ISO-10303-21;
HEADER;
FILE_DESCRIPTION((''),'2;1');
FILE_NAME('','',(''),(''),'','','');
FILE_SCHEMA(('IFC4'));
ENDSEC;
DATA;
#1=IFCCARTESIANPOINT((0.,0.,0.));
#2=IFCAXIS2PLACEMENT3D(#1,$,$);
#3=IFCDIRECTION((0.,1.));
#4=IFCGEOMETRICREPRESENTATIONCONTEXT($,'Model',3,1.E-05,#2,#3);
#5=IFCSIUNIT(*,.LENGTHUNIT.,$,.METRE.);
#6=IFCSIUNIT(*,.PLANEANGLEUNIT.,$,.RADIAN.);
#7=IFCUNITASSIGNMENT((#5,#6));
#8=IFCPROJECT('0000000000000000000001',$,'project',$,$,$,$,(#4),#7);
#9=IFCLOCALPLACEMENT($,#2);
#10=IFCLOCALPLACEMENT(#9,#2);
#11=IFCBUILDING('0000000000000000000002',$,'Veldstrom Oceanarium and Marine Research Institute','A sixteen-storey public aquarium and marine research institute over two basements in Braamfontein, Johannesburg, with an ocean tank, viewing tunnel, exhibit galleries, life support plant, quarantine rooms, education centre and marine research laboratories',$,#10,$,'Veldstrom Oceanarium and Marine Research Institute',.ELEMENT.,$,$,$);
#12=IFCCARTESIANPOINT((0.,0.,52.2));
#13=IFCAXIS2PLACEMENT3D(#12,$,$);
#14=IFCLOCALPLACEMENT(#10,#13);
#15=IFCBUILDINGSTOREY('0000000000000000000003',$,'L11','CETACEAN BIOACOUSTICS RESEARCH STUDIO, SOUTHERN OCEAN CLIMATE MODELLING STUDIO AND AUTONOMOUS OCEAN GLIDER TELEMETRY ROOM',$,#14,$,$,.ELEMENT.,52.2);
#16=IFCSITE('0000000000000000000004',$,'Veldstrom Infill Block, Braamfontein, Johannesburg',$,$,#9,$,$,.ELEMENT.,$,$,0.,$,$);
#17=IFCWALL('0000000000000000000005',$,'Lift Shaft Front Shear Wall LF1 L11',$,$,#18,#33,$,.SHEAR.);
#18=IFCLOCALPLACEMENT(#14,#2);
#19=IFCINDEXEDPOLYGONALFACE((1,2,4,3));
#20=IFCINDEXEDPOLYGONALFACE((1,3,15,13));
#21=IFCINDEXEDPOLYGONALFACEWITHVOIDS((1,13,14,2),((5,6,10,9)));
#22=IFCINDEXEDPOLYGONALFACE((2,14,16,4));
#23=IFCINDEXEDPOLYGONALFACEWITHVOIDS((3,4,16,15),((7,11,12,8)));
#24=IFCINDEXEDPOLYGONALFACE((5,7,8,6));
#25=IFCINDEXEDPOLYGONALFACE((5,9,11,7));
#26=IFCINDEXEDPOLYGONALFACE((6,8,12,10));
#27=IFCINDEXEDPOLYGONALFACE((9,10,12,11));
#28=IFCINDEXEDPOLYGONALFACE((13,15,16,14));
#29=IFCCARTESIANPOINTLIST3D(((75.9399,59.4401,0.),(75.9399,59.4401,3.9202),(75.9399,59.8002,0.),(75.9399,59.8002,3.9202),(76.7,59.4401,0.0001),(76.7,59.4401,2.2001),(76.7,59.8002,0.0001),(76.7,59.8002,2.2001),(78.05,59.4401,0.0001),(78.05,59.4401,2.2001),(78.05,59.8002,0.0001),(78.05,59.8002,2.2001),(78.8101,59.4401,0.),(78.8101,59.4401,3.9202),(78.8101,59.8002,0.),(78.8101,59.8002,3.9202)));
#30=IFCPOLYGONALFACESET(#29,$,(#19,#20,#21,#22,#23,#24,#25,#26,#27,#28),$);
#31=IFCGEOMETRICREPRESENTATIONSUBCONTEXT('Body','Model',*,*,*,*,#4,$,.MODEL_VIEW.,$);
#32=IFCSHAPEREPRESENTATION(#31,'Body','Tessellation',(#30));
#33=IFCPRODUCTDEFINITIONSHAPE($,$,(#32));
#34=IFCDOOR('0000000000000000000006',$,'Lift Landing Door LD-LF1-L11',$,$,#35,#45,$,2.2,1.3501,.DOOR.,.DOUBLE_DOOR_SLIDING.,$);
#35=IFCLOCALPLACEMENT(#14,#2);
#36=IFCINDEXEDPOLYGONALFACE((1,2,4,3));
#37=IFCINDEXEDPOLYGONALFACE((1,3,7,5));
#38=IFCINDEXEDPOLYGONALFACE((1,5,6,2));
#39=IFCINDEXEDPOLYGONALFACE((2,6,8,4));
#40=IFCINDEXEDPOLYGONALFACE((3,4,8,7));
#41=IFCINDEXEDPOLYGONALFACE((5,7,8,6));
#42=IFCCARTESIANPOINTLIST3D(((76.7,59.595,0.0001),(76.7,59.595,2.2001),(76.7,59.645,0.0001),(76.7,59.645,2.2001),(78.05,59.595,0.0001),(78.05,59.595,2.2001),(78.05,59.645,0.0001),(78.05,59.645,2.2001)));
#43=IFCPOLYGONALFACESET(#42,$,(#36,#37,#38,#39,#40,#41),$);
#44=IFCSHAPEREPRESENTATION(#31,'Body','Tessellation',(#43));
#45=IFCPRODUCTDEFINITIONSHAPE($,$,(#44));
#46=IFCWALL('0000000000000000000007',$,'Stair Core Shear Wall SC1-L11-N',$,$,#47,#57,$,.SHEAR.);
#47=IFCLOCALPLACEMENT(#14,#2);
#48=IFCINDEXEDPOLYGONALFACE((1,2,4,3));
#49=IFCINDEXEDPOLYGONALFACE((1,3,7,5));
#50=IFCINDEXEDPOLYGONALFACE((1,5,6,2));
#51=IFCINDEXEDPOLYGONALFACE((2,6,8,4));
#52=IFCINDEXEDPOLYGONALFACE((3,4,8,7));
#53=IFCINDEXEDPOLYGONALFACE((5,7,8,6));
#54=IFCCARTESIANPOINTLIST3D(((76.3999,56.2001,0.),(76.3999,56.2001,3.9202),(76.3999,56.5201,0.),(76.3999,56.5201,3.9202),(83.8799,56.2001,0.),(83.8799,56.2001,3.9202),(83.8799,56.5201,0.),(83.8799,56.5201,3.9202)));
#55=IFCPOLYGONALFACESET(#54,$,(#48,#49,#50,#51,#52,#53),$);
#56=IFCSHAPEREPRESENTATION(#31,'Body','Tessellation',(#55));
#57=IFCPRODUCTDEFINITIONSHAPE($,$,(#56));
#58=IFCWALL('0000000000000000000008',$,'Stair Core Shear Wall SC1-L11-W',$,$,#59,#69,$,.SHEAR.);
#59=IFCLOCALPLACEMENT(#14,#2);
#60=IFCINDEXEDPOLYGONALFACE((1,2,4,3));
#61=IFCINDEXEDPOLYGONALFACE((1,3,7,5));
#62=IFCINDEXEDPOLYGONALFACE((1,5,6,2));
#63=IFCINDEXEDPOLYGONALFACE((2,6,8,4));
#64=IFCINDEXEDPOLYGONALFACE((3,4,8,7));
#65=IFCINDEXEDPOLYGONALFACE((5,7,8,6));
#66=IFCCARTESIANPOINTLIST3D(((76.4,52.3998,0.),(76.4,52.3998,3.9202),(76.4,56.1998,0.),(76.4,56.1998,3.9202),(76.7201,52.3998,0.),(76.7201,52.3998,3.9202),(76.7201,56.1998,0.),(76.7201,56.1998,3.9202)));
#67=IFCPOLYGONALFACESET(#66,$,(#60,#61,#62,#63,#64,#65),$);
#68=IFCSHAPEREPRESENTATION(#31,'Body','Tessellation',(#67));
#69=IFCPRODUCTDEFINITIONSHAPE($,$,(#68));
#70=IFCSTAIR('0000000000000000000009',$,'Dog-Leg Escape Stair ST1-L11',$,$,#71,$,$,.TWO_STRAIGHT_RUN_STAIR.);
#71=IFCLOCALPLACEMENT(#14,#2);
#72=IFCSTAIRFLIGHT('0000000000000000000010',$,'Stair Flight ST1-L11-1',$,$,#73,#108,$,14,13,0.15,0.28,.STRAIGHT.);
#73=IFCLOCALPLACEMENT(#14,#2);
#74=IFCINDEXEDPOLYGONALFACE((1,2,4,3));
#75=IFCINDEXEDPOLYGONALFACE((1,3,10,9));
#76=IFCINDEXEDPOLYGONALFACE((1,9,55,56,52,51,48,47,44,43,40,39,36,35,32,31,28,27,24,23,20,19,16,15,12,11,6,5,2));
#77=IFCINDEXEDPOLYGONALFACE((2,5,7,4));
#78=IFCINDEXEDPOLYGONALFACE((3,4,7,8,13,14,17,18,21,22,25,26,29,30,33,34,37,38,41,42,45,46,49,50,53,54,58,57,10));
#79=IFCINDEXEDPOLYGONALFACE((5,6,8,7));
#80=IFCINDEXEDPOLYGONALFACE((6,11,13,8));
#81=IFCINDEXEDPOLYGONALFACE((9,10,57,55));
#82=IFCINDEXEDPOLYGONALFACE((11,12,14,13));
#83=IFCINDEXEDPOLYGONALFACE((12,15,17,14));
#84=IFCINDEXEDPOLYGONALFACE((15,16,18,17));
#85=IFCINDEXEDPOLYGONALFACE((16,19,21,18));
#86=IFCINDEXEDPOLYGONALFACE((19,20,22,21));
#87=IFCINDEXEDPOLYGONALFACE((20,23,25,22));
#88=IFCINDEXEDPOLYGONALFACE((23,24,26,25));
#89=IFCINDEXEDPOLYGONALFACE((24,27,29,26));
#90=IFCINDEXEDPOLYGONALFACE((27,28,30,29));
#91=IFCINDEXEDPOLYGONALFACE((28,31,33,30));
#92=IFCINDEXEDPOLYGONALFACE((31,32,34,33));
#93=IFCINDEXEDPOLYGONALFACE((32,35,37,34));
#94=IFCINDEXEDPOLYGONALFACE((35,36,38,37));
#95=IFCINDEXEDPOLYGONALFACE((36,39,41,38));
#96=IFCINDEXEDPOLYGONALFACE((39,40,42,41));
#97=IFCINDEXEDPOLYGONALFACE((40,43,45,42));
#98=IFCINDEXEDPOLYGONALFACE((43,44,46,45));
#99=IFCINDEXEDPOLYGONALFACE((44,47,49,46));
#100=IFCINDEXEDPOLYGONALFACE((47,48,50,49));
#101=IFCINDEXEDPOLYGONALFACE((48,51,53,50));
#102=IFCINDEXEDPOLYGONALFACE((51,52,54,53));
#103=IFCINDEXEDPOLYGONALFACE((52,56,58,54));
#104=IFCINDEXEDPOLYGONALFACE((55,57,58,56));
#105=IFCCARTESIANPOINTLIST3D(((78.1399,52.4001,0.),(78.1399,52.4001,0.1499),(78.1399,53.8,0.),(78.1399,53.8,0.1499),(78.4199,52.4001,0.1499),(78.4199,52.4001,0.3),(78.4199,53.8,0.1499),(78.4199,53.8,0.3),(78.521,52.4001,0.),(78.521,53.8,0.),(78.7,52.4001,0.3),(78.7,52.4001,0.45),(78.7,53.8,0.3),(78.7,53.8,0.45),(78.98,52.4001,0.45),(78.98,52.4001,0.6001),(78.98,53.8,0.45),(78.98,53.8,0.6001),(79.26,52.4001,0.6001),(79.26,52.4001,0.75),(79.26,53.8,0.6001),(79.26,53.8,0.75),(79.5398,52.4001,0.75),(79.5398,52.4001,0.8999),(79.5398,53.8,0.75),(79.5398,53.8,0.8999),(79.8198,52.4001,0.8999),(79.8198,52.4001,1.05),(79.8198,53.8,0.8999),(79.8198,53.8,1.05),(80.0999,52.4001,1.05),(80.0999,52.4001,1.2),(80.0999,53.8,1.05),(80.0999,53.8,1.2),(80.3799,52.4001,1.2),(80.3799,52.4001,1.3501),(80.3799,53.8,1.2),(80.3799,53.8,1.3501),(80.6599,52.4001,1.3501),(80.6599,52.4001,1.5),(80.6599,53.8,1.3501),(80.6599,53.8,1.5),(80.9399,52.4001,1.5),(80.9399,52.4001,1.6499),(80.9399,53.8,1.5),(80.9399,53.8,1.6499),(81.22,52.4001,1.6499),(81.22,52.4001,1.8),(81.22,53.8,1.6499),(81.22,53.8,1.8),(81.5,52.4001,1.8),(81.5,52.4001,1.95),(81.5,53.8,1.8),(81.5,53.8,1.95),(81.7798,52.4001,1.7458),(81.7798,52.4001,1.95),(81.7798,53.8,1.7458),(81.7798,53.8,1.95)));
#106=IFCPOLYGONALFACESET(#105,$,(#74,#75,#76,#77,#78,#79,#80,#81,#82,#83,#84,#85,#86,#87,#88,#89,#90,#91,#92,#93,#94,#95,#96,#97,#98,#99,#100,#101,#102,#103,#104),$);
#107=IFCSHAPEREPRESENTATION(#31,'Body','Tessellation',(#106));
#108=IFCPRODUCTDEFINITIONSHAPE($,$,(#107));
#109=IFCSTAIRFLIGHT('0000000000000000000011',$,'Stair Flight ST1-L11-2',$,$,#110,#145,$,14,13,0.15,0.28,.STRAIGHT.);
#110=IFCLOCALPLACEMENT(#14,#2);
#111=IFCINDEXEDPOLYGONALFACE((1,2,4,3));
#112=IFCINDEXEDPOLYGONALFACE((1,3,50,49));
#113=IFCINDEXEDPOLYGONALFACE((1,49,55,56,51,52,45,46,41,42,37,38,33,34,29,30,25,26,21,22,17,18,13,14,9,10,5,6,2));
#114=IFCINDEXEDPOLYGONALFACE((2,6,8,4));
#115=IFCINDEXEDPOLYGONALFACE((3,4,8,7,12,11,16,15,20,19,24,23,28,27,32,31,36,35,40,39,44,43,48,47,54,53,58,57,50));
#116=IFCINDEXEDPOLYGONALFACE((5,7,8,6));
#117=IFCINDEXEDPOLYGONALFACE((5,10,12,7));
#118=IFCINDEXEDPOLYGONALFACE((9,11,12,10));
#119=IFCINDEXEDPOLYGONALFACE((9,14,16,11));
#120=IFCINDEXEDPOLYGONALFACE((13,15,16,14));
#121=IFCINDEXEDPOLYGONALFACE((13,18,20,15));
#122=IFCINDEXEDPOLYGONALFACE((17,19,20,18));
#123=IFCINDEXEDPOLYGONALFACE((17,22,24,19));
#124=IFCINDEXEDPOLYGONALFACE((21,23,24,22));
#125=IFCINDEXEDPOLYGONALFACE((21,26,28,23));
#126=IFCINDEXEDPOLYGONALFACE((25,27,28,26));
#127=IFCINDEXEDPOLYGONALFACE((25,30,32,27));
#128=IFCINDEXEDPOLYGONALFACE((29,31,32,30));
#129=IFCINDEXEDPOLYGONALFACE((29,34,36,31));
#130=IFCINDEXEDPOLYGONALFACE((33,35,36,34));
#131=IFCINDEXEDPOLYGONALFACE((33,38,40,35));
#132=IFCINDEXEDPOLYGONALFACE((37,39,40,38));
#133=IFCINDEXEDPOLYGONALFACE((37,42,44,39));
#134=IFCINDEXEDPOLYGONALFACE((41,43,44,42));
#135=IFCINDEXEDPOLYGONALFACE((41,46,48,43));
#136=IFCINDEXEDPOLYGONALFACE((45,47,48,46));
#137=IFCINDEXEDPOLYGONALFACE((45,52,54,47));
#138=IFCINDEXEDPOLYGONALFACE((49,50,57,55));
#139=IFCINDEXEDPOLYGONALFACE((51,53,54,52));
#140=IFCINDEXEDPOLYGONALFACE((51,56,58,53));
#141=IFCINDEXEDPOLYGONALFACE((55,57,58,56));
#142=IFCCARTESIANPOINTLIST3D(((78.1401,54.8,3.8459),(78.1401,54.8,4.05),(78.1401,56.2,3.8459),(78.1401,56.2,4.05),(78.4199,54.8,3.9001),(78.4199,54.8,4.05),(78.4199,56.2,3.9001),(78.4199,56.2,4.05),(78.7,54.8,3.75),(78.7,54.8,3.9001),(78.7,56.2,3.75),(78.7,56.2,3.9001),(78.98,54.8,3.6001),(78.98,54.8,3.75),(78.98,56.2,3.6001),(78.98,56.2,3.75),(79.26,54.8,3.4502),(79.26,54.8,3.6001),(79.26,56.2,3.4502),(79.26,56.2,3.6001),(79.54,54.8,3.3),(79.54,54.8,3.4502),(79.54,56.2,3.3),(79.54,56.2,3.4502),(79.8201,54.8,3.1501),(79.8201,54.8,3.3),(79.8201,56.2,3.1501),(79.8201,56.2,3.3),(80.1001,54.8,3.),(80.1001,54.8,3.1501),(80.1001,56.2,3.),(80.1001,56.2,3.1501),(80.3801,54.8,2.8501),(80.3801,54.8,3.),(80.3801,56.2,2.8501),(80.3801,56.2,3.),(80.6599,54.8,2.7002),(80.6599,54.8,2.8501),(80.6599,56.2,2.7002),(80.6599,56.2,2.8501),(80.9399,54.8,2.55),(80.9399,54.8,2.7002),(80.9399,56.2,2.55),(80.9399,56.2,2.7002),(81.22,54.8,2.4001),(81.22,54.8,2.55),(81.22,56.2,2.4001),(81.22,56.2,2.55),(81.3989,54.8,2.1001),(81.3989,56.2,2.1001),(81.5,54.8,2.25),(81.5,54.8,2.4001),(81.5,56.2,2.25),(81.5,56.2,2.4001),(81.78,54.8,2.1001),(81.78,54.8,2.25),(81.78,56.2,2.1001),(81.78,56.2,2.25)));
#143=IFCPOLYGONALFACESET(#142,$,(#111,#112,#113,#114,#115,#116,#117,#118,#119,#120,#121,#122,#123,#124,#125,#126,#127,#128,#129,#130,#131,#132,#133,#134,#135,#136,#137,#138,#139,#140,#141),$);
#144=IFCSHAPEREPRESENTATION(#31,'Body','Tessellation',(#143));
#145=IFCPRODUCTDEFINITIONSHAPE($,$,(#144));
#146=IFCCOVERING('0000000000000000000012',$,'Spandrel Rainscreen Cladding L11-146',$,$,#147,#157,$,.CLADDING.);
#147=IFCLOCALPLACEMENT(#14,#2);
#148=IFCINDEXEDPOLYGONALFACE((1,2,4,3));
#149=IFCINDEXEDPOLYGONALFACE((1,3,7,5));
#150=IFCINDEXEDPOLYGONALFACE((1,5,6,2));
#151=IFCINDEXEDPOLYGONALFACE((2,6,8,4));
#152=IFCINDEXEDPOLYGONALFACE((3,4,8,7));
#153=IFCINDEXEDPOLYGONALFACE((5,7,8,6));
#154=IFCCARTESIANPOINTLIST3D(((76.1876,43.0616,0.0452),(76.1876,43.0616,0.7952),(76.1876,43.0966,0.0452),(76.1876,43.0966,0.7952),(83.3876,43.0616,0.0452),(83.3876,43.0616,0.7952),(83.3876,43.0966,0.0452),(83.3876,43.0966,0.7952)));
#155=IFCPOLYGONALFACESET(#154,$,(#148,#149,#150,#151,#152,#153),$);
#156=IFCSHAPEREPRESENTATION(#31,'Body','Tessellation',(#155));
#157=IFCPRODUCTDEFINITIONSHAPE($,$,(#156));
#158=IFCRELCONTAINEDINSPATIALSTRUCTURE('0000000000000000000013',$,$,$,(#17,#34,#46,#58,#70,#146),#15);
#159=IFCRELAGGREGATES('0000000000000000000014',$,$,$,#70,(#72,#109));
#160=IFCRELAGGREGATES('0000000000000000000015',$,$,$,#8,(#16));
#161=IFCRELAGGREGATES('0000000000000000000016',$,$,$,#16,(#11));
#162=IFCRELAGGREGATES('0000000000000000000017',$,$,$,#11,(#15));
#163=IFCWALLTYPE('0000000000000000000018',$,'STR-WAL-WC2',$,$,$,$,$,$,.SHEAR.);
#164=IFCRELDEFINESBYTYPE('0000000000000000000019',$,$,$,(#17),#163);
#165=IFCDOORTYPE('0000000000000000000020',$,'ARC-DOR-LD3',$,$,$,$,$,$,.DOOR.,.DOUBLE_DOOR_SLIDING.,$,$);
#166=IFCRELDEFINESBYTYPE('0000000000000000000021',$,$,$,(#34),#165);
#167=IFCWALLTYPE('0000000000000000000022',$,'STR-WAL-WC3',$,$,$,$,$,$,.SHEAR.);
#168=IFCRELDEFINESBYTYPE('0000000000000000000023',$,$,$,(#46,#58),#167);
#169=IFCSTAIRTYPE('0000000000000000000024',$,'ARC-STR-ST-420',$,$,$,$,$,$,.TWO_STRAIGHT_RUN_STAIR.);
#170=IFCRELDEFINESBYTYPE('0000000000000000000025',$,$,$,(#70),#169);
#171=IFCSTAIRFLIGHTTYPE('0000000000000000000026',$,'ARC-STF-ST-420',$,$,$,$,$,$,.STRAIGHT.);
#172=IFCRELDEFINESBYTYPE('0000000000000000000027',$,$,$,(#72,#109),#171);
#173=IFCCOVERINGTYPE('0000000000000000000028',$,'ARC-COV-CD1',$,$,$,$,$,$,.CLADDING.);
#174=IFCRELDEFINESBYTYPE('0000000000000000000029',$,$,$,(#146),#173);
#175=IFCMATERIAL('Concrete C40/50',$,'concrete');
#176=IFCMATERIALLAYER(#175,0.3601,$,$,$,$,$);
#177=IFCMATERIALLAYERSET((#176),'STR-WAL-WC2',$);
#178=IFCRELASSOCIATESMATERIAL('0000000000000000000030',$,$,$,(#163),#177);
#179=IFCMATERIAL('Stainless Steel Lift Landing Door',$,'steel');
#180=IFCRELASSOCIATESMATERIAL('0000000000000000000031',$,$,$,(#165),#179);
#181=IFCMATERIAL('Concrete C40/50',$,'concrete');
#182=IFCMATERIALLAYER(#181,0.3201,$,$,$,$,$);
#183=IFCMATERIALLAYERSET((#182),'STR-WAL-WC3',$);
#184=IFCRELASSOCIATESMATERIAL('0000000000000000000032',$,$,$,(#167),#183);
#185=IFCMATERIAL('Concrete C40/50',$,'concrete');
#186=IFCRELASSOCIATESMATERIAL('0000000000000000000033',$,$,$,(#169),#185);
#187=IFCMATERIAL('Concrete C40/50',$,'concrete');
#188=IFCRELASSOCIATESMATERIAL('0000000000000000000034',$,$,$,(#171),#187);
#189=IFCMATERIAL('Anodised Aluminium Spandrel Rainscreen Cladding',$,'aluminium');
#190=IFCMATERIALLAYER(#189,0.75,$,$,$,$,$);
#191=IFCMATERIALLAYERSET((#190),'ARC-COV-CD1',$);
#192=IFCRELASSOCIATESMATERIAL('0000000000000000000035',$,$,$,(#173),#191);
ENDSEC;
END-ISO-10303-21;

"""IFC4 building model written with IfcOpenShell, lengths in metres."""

from ifc_helpers import new_model, si_unit, direction, frame, frame_2d, origin, origin_2d, place, context, subcontext, project, spatial, polyline, rectangle, outline, extrude, material, layer, layer_set, type_object, element, fill, aggregate, save


model = new_model("IFC4")

# Units and contexts
model_context = context("Model", 3, precision=1e-05, world=origin(), true_north=direction((0.0, 1.0)))
body_context = subcontext(model_context, "Body", "Model", "MODEL_VIEW")
ifc_project = project(units=[si_unit("LENGTHUNIT", "METRE"), si_unit("PLANEANGLEUNIT", "RADIAN")], contexts=[model_context])

# Site, building, storey
site_placement = place(None, origin())
site = spatial("IfcSite", under=ifc_project, at=site_placement, Name="Veldstrom Infill Block, Braamfontein, Johannesburg", CompositionType="ELEMENT", RefElevation=0.0)
building_placement = place(site_placement, origin())
building = spatial("IfcBuilding", under=site, at=building_placement, Name="Veldstrom Oceanarium and Marine Research Institute", Description="A sixteen-storey public aquarium and marine research institute over two basements in Braamfontein, Johannesburg, with an ocean tank, viewing tunnel, exhibit galleries, life support plant, quarantine rooms, education centre and marine research laboratories", LongName="Veldstrom Oceanarium and Marine Research Institute", CompositionType="ELEMENT")
storey_placement = place(building_placement, frame((0.0, 0.0, 52.2)))
storey = spatial("IfcBuildingStorey", under=building, at=storey_placement, Name="L11", Description="CETACEAN BIOACOUSTICS RESEARCH STUDIO, SOUTHERN OCEAN CLIMATE MODELLING STUDIO AND AUTONOMOUS OCEAN GLIDER TELEMETRY ROOM", CompositionType="ELEMENT", Elevation=52.2)

# Wall, opening, door
ifc_material_1 = material(Name="Concrete C40/50", Category="concrete")
ifc_layer_1 = layer(ifc_material_1, 0.3601)
ifc_layer_set_1 = layer_set([ifc_layer_1], Name="STR-WAL-WC2")
wall_type_1 = type_object("IfcWallType", Name="STR-WAL-WC2", PredefinedType="SHEAR", material=ifc_layer_set_1)
wall_1_placement = place(storey_placement, frame((75.9399, 59.6201, 0.0), z_axis=(0.0, 0.0, 1.0), x_axis=(1.0, 0.0, 0.0)))
wall_1 = element("IfcWall", 1, at=wall_1_placement, inside=storey, type_object=wall_type_1, Name="Lift Shaft Front Shear Wall LF1 L11", PredefinedType="SHEAR", context=body_context, shape_type="SweptSolid", body=[
    extrude(rectangle(XDim=2.8701, YDim=0.3601, at=frame_2d((1.4351, 0.0))), origin(), (0.0, 0.0, 1.0), 3.9202),
])
opening_1_placement = place(wall_1_placement, frame((0.76, 0.0, 0.0)))
opening_1 = element("IfcOpeningElement", 2, at=opening_1_placement, cuts=wall_1, PredefinedType="OPENING", context=body_context, shape_type="SweptSolid", body=[
    extrude(rectangle(XDim=1.3501, YDim=2.2, at=frame_2d((0.675, 1.1001))), frame((0.0, 0.1899, 0.0), z_axis=(0.0, -1.0, 0.0), x_axis=(1.0, 0.0, 0.0)), (0.0, 0.0, 1.0), 0.3801),
])
ifc_material_2 = material(Name="Stainless Steel Lift Landing Door", Category="steel")
door_type_1 = type_object("IfcDoorType", Name="ARC-DOR-LD3", OperationType="DOUBLE_DOOR_SLIDING", PredefinedType="DOOR", material=ifc_material_2)
door_1_placement = place(opening_1_placement, origin())
door_1 = element("IfcDoor", 3, at=door_1_placement, inside=storey, type_object=door_type_1, Name="Lift Landing Door LD-LF1-L11", OperationType="DOUBLE_DOOR_SLIDING", OverallHeight=2.2, OverallWidth=1.3501, PredefinedType="DOOR", context=body_context, shape_type="SweptSolid", body=[
    extrude(rectangle(XDim=1.3501, YDim=2.2, at=frame_2d((0.675, 1.1001))), frame((0.0, 0.0249, 0.0), z_axis=(0.0, -1.0, 0.0), x_axis=(1.0, 0.0, 0.0)), (0.0, 0.0, 1.0), 0.05),
])
fill(opening_1, door_1)
ifc_material_3 = material(Name="Concrete C40/50", Category="concrete")
ifc_layer_2 = layer(ifc_material_3, 0.3201)
ifc_layer_set_2 = layer_set([ifc_layer_2], Name="STR-WAL-WC3")
wall_type_2 = type_object("IfcWallType", Name="STR-WAL-WC3", PredefinedType="SHEAR", material=ifc_layer_set_2)

# Walls
wall_2_placement = place(storey_placement, frame((76.3999, 56.3601, 0.0), z_axis=(0.0, 0.0, 1.0), x_axis=(1.0, 0.0, 0.0)))
element("IfcWall", 4, at=wall_2_placement, inside=storey, type_object=wall_type_2, Name="Stair Core Shear Wall SC1-L11-N", PredefinedType="SHEAR", context=body_context, shape_type="SweptSolid", body=[
    extrude(rectangle(XDim=7.48, YDim=0.3201, at=frame_2d((3.74, 0.0))), origin(), (0.0, 0.0, 1.0), 3.9202),
])
wall_3_placement = place(storey_placement, frame((76.5601, 52.3999, 0.0), z_axis=(0.0, 0.0, 1.0), x_axis=(0.0, 1.0, 0.0)))
element("IfcWall", 5, at=wall_3_placement, inside=storey, type_object=wall_type_2, Name="Stair Core Shear Wall SC1-L11-W", PredefinedType="SHEAR", context=body_context, shape_type="SweptSolid", body=[
    extrude(rectangle(XDim=3.8, YDim=0.3201, at=frame_2d((1.8999, 0.0))), origin(), (0.0, 0.0, 1.0), 3.9202),
])

# Stair, stair flights
ifc_material_4 = material(Name="Concrete C40/50", Category="concrete")
stair_type = type_object("IfcStairType", Name="ARC-STR-ST-420", PredefinedType="TWO_STRAIGHT_RUN_STAIR", material=ifc_material_4)
stair_placement = place(storey_placement, origin())
stair = element("IfcStair", 6, at=stair_placement, inside=storey, type_object=stair_type, Name="Dog-Leg Escape Stair ST1-L11", PredefinedType="TWO_STRAIGHT_RUN_STAIR")
ifc_material_5 = material(Name="Concrete C40/50", Category="concrete")
stair_flight_type = type_object("IfcStairFlightType", Name="ARC-STF-ST-420", PredefinedType="STRAIGHT", material=ifc_material_5)
stair_flight_1_placement = place(storey_placement, frame((78.1399, 53.1001, 0.0), z_axis=(0.0, 0.0, 1.0), x_axis=(1.0, 0.0, 0.0)))
stair_flight_1 = element("IfcStairFlight", 7, at=stair_flight_1_placement, type_object=stair_flight_type, Name="Stair Flight ST1-L11-1", NumberOfRisers=14, NumberOfTreads=13, PredefinedType="STRAIGHT", RiserHeight=0.15, TreadLength=0.28, context=body_context, shape_type="SweptSolid", body=[
    extrude(outline(polyline([(0.0, 0.0), (0.0, 0.1499), (0.28, 0.1499), (0.28, 0.3), (0.5601, 0.3), (0.5601, 0.45), (0.8401, 0.45), (0.8401, 0.6001), (1.1201, 0.6001), (1.1201, 0.75), (1.3999, 0.75), (1.3999, 0.8999), (1.6799, 0.8999), (1.6799, 1.05), (1.96, 1.05), (1.96, 1.2), (2.24, 1.2), (2.24, 1.3501), (2.52, 1.3501), (2.52, 1.5), (2.8, 1.5), (2.8, 1.6499), (3.0801, 1.6499), (3.0801, 1.8), (3.3601, 1.8), (3.3601, 1.95), (3.6399, 1.95), (3.6399, 2.1001), (3.6399, 1.7458), (0.3811, 0.0), (0.0, 0.0)])), frame((0.0, 0.7, 0.0), z_axis=(0.0, -1.0, 0.0), x_axis=(1.0, 0.0, 0.0)), (0.0, 0.0, 1.0), 1.3999),
])
stair_flight_2_placement = place(storey_placement, frame((81.78, 55.5, 2.1001), z_axis=(0.0, 0.0, 1.0), x_axis=(-1.0, 0.0, 0.0)))
stair_flight_2 = element("IfcStairFlight", 8, at=stair_flight_2_placement, type_object=stair_flight_type, Name="Stair Flight ST1-L11-2", NumberOfRisers=14, NumberOfTreads=13, PredefinedType="STRAIGHT", RiserHeight=0.15, TreadLength=0.28, context=body_context, shape_type="SweptSolid", body=[
    extrude(outline(polyline([(0.0, 0.0), (0.0, 0.1499), (0.28, 0.1499), (0.28, 0.3), (0.5601, 0.3), (0.5601, 0.45), (0.8401, 0.45), (0.8401, 0.6001), (1.1201, 0.6001), (1.1201, 0.75), (1.3999, 0.75), (1.3999, 0.8999), (1.6799, 0.8999), (1.6799, 1.05), (1.96, 1.05), (1.96, 1.2), (2.24, 1.2), (2.24, 1.3501), (2.52, 1.3501), (2.52, 1.5), (2.8, 1.5), (2.8, 1.6499), (3.0801, 1.6499), (3.0801, 1.8), (3.3601, 1.8), (3.3601, 1.95), (3.6399, 1.95), (3.6399, 2.1001), (3.6399, 1.7458), (0.3811, 0.0), (0.0, 0.0)])), frame((0.0, 0.7, 0.0), z_axis=(0.0, -1.0, 0.0), x_axis=(1.0, 0.0, 0.0)), (0.0, 0.0, 1.0), 1.3999),
])
aggregate(stair, [stair_flight_1, stair_flight_2])

# Covering
ifc_material_6 = material(Name="Anodised Aluminium Spandrel Rainscreen Cladding", Category="aluminium")
ifc_layer_3 = layer(ifc_material_6, 0.75)
ifc_layer_set_3 = layer_set([ifc_layer_3], Name="ARC-COV-CD1")
covering_type = type_object("IfcCoveringType", Name="ARC-COV-CD1", PredefinedType="CLADDING", material=ifc_layer_set_3)
covering_placement = place(storey_placement, frame((79.7876, 43.0791, 0.0452), z_axis=(0.0, 0.0, 1.0), x_axis=(1.0, 0.0, 0.0)))
element("IfcCovering", 9, at=covering_placement, inside=storey, type_object=covering_type, Name="Spandrel Rainscreen Cladding L11-146", PredefinedType="CLADDING", context=body_context, shape_type="SweptSolid", body=[
    extrude(rectangle(XDim=7.2, YDim=0.0349, at=origin_2d()), origin(), (0.0, 0.0, 1.0), 0.75),
])

save(model, "model.ifc")
